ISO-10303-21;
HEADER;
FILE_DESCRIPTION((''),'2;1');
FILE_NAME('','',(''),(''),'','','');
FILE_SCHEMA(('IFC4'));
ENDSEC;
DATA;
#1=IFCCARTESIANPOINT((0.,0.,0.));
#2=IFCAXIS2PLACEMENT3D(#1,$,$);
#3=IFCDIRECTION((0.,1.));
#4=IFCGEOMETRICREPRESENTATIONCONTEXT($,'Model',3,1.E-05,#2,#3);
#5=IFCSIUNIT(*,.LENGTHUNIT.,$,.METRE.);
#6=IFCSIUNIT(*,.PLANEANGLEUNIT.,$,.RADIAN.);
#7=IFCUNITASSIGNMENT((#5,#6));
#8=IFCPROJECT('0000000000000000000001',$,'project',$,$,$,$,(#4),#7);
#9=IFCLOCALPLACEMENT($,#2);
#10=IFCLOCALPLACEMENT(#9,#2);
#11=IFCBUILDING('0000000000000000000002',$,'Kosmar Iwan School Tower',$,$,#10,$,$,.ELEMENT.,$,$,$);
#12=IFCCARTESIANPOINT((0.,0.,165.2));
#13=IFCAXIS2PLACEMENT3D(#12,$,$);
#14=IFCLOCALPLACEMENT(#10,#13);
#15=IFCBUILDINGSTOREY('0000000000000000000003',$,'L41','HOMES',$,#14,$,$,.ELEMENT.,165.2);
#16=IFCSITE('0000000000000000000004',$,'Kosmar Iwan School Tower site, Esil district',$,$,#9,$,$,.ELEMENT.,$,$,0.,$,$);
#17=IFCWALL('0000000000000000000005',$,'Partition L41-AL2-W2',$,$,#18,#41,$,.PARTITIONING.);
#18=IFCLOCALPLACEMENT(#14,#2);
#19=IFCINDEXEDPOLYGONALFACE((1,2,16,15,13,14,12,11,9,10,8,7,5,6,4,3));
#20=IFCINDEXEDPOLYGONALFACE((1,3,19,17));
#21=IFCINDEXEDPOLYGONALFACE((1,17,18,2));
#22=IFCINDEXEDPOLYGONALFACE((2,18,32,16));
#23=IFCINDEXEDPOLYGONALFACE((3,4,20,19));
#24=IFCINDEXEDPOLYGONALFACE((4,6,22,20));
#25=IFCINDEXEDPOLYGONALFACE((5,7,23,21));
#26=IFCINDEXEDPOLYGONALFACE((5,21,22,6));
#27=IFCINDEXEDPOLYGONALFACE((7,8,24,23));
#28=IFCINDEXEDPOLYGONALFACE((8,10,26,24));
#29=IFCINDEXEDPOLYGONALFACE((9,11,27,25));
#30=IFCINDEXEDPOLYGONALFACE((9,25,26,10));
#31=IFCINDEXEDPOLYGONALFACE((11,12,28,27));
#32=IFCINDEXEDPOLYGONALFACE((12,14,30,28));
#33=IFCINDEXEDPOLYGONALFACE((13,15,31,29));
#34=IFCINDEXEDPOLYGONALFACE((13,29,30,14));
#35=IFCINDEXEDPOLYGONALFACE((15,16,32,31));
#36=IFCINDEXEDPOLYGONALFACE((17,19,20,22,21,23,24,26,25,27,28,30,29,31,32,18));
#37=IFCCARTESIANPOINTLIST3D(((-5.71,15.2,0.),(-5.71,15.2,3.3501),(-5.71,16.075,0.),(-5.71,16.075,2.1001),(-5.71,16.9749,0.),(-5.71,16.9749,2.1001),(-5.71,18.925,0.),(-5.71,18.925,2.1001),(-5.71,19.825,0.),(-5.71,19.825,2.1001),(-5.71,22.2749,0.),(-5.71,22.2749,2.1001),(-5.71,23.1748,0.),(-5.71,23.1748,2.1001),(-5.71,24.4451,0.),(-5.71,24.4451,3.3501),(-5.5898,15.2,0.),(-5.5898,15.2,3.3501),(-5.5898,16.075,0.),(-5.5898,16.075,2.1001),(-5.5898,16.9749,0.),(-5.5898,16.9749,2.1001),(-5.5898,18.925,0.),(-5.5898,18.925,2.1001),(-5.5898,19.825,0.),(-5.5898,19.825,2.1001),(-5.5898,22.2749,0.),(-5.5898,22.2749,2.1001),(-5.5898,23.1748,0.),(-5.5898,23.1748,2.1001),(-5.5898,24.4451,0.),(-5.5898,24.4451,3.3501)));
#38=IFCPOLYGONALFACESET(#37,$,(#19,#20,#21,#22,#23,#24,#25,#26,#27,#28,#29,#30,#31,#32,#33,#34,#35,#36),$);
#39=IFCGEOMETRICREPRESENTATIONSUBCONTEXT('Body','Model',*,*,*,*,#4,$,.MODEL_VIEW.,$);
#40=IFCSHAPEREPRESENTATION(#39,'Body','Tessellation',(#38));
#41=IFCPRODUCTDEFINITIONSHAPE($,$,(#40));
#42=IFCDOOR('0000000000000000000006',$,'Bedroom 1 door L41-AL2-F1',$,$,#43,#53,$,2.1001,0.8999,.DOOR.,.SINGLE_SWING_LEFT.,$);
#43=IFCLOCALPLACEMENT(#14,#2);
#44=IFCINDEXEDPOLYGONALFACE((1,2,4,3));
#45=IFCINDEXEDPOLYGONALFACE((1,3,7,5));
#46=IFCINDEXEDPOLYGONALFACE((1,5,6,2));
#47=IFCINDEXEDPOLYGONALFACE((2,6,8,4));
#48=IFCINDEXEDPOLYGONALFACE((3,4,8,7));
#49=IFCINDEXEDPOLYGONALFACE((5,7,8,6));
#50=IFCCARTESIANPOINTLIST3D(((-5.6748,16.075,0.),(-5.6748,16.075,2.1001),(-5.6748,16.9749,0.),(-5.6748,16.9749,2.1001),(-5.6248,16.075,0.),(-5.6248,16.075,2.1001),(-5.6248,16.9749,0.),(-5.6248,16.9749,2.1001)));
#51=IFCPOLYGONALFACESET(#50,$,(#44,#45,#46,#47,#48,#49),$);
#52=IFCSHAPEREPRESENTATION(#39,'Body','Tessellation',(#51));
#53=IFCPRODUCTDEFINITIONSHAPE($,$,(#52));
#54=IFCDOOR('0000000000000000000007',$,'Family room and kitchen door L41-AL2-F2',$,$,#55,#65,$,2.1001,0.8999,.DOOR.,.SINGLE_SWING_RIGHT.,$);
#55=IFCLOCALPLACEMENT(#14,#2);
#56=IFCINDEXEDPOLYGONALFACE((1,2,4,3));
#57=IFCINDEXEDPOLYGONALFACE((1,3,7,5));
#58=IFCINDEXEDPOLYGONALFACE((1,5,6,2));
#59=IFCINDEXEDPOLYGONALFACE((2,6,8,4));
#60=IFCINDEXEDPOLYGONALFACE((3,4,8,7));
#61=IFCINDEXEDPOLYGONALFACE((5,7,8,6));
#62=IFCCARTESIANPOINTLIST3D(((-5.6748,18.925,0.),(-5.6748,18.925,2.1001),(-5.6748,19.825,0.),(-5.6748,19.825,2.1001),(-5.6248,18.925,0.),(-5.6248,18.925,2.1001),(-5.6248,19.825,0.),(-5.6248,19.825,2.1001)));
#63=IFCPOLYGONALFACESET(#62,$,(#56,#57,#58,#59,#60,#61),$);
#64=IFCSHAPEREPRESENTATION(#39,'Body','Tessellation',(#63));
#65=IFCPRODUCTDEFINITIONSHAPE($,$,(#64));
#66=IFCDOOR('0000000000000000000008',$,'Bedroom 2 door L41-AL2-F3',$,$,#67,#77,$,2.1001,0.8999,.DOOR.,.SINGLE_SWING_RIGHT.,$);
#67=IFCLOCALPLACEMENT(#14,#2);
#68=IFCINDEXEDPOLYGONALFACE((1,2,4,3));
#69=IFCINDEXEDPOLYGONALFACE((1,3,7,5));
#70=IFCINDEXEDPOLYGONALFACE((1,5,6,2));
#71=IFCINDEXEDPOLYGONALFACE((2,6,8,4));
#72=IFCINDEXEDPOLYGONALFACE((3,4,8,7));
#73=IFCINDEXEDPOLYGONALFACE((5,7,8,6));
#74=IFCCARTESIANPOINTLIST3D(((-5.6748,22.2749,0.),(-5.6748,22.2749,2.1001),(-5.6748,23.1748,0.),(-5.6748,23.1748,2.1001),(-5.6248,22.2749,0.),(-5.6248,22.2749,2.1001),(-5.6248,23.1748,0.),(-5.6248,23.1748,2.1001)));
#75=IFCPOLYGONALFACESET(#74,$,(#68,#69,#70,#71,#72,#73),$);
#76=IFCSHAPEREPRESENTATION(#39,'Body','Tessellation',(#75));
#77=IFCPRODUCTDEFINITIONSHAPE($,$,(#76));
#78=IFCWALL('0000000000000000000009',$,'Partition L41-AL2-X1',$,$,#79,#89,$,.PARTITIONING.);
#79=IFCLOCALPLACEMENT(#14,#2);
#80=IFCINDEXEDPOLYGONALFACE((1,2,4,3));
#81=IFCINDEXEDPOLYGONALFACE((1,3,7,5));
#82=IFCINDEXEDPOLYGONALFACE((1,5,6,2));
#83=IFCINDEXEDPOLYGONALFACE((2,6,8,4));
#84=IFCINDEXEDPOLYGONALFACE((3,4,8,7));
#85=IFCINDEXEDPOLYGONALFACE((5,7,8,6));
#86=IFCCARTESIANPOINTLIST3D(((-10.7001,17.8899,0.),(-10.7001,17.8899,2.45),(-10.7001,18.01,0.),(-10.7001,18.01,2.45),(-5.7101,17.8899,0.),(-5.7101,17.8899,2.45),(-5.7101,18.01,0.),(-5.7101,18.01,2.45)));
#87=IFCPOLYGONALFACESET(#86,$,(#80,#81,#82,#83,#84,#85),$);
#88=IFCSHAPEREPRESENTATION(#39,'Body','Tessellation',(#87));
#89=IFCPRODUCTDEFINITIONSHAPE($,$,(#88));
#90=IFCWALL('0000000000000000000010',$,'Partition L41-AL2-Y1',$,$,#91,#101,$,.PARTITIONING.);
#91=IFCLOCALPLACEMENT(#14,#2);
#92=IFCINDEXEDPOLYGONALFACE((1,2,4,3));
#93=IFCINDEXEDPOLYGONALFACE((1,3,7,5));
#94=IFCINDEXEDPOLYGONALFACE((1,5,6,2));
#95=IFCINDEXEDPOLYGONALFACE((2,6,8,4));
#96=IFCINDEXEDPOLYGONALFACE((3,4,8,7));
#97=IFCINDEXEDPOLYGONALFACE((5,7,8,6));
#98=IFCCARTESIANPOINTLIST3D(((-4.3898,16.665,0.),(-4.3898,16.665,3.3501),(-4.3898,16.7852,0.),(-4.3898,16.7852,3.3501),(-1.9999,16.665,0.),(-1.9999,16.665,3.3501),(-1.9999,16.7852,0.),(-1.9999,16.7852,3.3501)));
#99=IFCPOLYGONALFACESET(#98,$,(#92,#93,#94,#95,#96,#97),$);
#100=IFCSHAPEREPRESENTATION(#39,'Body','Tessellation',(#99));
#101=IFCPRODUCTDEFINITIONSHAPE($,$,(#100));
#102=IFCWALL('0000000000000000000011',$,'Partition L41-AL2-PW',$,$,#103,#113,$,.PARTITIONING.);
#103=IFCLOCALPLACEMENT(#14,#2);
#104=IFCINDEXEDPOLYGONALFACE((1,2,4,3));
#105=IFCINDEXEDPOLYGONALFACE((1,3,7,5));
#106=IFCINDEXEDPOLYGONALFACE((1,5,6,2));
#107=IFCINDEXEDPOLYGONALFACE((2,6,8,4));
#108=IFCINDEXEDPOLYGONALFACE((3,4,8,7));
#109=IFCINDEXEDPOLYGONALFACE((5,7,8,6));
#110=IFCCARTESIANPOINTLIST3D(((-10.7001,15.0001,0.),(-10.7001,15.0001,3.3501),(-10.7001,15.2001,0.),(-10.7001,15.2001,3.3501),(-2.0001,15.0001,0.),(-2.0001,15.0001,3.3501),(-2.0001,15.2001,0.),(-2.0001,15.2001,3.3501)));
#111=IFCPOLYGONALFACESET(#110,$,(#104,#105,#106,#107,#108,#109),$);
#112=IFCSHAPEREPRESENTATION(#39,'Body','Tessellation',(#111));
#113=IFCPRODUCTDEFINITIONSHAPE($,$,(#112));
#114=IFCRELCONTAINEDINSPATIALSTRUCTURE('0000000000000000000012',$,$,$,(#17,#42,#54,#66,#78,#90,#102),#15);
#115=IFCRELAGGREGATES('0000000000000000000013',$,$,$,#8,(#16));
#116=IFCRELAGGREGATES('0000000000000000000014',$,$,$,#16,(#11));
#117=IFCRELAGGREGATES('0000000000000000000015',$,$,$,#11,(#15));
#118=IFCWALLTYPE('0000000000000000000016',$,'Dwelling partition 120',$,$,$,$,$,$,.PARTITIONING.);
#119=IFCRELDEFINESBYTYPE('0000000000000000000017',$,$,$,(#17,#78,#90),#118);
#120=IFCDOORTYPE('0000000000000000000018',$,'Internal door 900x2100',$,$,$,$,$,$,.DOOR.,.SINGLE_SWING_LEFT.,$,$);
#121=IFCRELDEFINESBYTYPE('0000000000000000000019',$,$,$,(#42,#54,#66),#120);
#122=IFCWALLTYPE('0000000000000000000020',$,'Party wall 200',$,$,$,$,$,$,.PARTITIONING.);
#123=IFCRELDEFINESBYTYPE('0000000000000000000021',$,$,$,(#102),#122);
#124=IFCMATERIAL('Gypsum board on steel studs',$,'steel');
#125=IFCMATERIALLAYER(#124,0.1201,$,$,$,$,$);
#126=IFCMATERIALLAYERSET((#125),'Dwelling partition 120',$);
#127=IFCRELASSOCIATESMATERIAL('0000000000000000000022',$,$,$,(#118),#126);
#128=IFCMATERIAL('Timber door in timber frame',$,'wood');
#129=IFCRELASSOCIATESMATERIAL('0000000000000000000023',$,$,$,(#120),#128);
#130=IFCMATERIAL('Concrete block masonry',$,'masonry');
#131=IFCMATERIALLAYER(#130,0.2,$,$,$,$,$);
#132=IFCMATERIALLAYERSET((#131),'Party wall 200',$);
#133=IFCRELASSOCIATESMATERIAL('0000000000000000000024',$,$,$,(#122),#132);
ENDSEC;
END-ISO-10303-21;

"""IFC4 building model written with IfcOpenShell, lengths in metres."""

from ifc_helpers import new_model, si_unit, direction, frame, frame_2d, origin, place, context, subcontext, project, spatial, rectangle, extrude, material, layer, layer_set, type_object, element, fill, save


model = new_model("IFC4")

# Units and contexts
model_context = context("Model", 3, precision=1e-05, world=origin(), true_north=direction((0.0, 1.0)))
body_context = subcontext(model_context, "Body", "Model", "MODEL_VIEW")
ifc_project = project(units=[si_unit("LENGTHUNIT", "METRE"), si_unit("PLANEANGLEUNIT", "RADIAN")], contexts=[model_context])

# Site, building, storey
site_placement = place(None, origin())
site = spatial("IfcSite", under=ifc_project, at=site_placement, Name="Kosmar Iwan School Tower site, Esil district", CompositionType="ELEMENT", RefElevation=0.0)
building_placement = place(site_placement, origin())
building = spatial("IfcBuilding", under=site, at=building_placement, Name="Kosmar Iwan School Tower", CompositionType="ELEMENT")
storey_placement = place(building_placement, frame((0.0, 0.0, 165.2)))
storey = spatial("IfcBuildingStorey", under=building, at=storey_placement, Name="L41", Description="HOMES", CompositionType="ELEMENT", Elevation=165.2)

# Shared definitions
ifc_material_1 = material(Name="Gypsum board on steel studs", Category="steel")
ifc_layer_1 = layer(ifc_material_1, 0.1201)
ifc_layer_set_1 = layer_set([ifc_layer_1], Name="Dwelling partition 120")
wall_type_1 = type_object("IfcWallType", Name="Dwelling partition 120", PredefinedType="PARTITIONING", material=ifc_layer_set_1)

# Wall, openings, doors
ifc_material_2 = material(Name="Timber door in timber frame", Category="wood")
door_type_1 = type_object("IfcDoorType", Name="Internal door 900x2100", OperationType="SINGLE_SWING_LEFT", PredefinedType="DOOR", material=ifc_material_2)
wall_1_placement = place(storey_placement, frame((-5.6499, 15.2, 0.0), z_axis=(0.0, 0.0, 1.0), x_axis=(0.0, 1.0, 0.0)))
wall_1 = element("IfcWall", 1, at=wall_1_placement, inside=storey, type_object=wall_type_1, Name="Partition L41-AL2-W2", PredefinedType="PARTITIONING", context=body_context, shape_type="SweptSolid", body=[
    extrude(rectangle(XDim=9.2451, YDim=0.1201, at=frame_2d((4.6226, 0.0))), origin(), (0.0, 0.0, 1.0), 3.3501),
])
opening_1_placement = place(wall_1_placement, frame((0.875, 0.0, 0.0)))
opening_1 = element("IfcOpeningElement", 2, at=opening_1_placement, cuts=wall_1, PredefinedType="OPENING", context=body_context, shape_type="SweptSolid", body=[
    extrude(rectangle(XDim=0.8999, YDim=2.1001, at=frame_2d((0.45, 1.05))), frame((0.0, 0.072, 0.0), z_axis=(0.0, -1.0, 0.0), x_axis=(1.0, 0.0, 0.0)), (0.0, 0.0, 1.0), 0.144),
])
opening_2_placement = place(wall_1_placement, frame((3.7251, 0.0, 0.0)))
opening_2 = element("IfcOpeningElement", 3, at=opening_2_placement, cuts=wall_1, PredefinedType="OPENING", context=body_context, shape_type="SweptSolid", body=[
    extrude(rectangle(XDim=0.8999, YDim=2.1001, at=frame_2d((0.45, 1.05))), frame((0.0, 0.072, 0.0), z_axis=(0.0, -1.0, 0.0), x_axis=(1.0, 0.0, 0.0)), (0.0, 0.0, 1.0), 0.144),
])
opening_3_placement = place(wall_1_placement, frame((7.075, 0.0, 0.0)))
opening_3 = element("IfcOpeningElement", 4, at=opening_3_placement, cuts=wall_1, PredefinedType="OPENING", context=body_context, shape_type="SweptSolid", body=[
    extrude(rectangle(XDim=0.8999, YDim=2.1001, at=frame_2d((0.45, 1.05))), frame((0.0, 0.072, 0.0), z_axis=(0.0, -1.0, 0.0), x_axis=(1.0, 0.0, 0.0)), (0.0, 0.0, 1.0), 0.144),
])
door_1_placement = place(opening_1_placement, origin())
door_1 = element("IfcDoor", 5, at=door_1_placement, inside=storey, type_object=door_type_1, Name="Bedroom 1 door L41-AL2-F1", OperationType="SINGLE_SWING_LEFT", OverallHeight=2.1001, OverallWidth=0.8999, PredefinedType="DOOR", context=body_context, shape_type="SweptSolid", body=[
    extrude(rectangle(XDim=0.8999, YDim=2.1001, at=frame_2d((0.45, 1.05))), frame((0.0, 0.0249, 0.0), z_axis=(0.0, -1.0, 0.0), x_axis=(1.0, 0.0, 0.0)), (0.0, 0.0, 1.0), 0.05),
])
fill(opening_1, door_1)
door_2_placement = place(opening_2_placement, origin())
door_2 = element("IfcDoor", 6, at=door_2_placement, inside=storey, type_object=door_type_1, Name="Family room and kitchen door L41-AL2-F2", OperationType="SINGLE_SWING_RIGHT", OverallHeight=2.1001, OverallWidth=0.8999, PredefinedType="DOOR", context=body_context, shape_type="SweptSolid", body=[
    extrude(rectangle(XDim=0.8999, YDim=2.1001, at=frame_2d((0.45, 1.05))), frame((0.0, 0.0249, 0.0), z_axis=(0.0, -1.0, 0.0), x_axis=(1.0, 0.0, 0.0)), (0.0, 0.0, 1.0), 0.05),
])
fill(opening_2, door_2)
door_3_placement = place(opening_3_placement, origin())
door_3 = element("IfcDoor", 7, at=door_3_placement, inside=storey, type_object=door_type_1, Name="Bedroom 2 door L41-AL2-F3", OperationType="SINGLE_SWING_RIGHT", OverallHeight=2.1001, OverallWidth=0.8999, PredefinedType="DOOR", context=body_context, shape_type="SweptSolid", body=[
    extrude(rectangle(XDim=0.8999, YDim=2.1001, at=frame_2d((0.45, 1.05))), frame((0.0, 0.0249, 0.0), z_axis=(0.0, -1.0, 0.0), x_axis=(1.0, 0.0, 0.0)), (0.0, 0.0, 1.0), 0.05),
])
fill(opening_3, door_3)

# Walls
wall_2_placement = place(storey_placement, frame((-5.71, 17.95, 0.0), z_axis=(0.0, 0.0, 1.0), x_axis=(-1.0, 0.0, 0.0)))
element("IfcWall", 8, at=wall_2_placement, inside=storey, type_object=wall_type_1, Name="Partition L41-AL2-X1", PredefinedType="PARTITIONING", context=body_context, shape_type="SweptSolid", body=[
    extrude(rectangle(XDim=4.99, YDim=0.1201, at=frame_2d((2.4951, 0.0))), origin(), (0.0, 0.0, 1.0), 2.45),
])
wall_3_placement = place(storey_placement, frame((-2.0, 16.7251, 0.0), z_axis=(0.0, 0.0, 1.0), x_axis=(-1.0, 0.0, 0.0)))
element("IfcWall", 9, at=wall_3_placement, inside=storey, type_object=wall_type_1, Name="Partition L41-AL2-Y1", PredefinedType="PARTITIONING", context=body_context, shape_type="SweptSolid", body=[
    extrude(rectangle(XDim=2.3899, YDim=0.1201, at=frame_2d((1.1948, 0.0))), origin(), (0.0, 0.0, 1.0), 3.3501),
])
ifc_material_3 = material(Name="Concrete block masonry", Category="masonry")
ifc_layer_2 = layer(ifc_material_3, 0.2)
ifc_layer_set_2 = layer_set([ifc_layer_2], Name="Party wall 200")
wall_type_2 = type_object("IfcWallType", Name="Party wall 200", PredefinedType="PARTITIONING", material=ifc_layer_set_2)
wall_4_placement = place(storey_placement, frame((-2.0, 15.1001, 0.0), z_axis=(0.0, 0.0, 1.0), x_axis=(-1.0, 0.0, 0.0)))
element("IfcWall", 10, at=wall_4_placement, inside=storey, type_object=wall_type_2, Name="Partition L41-AL2-PW", PredefinedType="PARTITIONING", context=body_context, shape_type="SweptSolid", body=[
    extrude(rectangle(XDim=8.7, YDim=0.2, at=frame_2d((4.3501, 0.0))), origin(), (0.0, 0.0, 1.0), 3.3501),
])

save(model, "model.ifc")
